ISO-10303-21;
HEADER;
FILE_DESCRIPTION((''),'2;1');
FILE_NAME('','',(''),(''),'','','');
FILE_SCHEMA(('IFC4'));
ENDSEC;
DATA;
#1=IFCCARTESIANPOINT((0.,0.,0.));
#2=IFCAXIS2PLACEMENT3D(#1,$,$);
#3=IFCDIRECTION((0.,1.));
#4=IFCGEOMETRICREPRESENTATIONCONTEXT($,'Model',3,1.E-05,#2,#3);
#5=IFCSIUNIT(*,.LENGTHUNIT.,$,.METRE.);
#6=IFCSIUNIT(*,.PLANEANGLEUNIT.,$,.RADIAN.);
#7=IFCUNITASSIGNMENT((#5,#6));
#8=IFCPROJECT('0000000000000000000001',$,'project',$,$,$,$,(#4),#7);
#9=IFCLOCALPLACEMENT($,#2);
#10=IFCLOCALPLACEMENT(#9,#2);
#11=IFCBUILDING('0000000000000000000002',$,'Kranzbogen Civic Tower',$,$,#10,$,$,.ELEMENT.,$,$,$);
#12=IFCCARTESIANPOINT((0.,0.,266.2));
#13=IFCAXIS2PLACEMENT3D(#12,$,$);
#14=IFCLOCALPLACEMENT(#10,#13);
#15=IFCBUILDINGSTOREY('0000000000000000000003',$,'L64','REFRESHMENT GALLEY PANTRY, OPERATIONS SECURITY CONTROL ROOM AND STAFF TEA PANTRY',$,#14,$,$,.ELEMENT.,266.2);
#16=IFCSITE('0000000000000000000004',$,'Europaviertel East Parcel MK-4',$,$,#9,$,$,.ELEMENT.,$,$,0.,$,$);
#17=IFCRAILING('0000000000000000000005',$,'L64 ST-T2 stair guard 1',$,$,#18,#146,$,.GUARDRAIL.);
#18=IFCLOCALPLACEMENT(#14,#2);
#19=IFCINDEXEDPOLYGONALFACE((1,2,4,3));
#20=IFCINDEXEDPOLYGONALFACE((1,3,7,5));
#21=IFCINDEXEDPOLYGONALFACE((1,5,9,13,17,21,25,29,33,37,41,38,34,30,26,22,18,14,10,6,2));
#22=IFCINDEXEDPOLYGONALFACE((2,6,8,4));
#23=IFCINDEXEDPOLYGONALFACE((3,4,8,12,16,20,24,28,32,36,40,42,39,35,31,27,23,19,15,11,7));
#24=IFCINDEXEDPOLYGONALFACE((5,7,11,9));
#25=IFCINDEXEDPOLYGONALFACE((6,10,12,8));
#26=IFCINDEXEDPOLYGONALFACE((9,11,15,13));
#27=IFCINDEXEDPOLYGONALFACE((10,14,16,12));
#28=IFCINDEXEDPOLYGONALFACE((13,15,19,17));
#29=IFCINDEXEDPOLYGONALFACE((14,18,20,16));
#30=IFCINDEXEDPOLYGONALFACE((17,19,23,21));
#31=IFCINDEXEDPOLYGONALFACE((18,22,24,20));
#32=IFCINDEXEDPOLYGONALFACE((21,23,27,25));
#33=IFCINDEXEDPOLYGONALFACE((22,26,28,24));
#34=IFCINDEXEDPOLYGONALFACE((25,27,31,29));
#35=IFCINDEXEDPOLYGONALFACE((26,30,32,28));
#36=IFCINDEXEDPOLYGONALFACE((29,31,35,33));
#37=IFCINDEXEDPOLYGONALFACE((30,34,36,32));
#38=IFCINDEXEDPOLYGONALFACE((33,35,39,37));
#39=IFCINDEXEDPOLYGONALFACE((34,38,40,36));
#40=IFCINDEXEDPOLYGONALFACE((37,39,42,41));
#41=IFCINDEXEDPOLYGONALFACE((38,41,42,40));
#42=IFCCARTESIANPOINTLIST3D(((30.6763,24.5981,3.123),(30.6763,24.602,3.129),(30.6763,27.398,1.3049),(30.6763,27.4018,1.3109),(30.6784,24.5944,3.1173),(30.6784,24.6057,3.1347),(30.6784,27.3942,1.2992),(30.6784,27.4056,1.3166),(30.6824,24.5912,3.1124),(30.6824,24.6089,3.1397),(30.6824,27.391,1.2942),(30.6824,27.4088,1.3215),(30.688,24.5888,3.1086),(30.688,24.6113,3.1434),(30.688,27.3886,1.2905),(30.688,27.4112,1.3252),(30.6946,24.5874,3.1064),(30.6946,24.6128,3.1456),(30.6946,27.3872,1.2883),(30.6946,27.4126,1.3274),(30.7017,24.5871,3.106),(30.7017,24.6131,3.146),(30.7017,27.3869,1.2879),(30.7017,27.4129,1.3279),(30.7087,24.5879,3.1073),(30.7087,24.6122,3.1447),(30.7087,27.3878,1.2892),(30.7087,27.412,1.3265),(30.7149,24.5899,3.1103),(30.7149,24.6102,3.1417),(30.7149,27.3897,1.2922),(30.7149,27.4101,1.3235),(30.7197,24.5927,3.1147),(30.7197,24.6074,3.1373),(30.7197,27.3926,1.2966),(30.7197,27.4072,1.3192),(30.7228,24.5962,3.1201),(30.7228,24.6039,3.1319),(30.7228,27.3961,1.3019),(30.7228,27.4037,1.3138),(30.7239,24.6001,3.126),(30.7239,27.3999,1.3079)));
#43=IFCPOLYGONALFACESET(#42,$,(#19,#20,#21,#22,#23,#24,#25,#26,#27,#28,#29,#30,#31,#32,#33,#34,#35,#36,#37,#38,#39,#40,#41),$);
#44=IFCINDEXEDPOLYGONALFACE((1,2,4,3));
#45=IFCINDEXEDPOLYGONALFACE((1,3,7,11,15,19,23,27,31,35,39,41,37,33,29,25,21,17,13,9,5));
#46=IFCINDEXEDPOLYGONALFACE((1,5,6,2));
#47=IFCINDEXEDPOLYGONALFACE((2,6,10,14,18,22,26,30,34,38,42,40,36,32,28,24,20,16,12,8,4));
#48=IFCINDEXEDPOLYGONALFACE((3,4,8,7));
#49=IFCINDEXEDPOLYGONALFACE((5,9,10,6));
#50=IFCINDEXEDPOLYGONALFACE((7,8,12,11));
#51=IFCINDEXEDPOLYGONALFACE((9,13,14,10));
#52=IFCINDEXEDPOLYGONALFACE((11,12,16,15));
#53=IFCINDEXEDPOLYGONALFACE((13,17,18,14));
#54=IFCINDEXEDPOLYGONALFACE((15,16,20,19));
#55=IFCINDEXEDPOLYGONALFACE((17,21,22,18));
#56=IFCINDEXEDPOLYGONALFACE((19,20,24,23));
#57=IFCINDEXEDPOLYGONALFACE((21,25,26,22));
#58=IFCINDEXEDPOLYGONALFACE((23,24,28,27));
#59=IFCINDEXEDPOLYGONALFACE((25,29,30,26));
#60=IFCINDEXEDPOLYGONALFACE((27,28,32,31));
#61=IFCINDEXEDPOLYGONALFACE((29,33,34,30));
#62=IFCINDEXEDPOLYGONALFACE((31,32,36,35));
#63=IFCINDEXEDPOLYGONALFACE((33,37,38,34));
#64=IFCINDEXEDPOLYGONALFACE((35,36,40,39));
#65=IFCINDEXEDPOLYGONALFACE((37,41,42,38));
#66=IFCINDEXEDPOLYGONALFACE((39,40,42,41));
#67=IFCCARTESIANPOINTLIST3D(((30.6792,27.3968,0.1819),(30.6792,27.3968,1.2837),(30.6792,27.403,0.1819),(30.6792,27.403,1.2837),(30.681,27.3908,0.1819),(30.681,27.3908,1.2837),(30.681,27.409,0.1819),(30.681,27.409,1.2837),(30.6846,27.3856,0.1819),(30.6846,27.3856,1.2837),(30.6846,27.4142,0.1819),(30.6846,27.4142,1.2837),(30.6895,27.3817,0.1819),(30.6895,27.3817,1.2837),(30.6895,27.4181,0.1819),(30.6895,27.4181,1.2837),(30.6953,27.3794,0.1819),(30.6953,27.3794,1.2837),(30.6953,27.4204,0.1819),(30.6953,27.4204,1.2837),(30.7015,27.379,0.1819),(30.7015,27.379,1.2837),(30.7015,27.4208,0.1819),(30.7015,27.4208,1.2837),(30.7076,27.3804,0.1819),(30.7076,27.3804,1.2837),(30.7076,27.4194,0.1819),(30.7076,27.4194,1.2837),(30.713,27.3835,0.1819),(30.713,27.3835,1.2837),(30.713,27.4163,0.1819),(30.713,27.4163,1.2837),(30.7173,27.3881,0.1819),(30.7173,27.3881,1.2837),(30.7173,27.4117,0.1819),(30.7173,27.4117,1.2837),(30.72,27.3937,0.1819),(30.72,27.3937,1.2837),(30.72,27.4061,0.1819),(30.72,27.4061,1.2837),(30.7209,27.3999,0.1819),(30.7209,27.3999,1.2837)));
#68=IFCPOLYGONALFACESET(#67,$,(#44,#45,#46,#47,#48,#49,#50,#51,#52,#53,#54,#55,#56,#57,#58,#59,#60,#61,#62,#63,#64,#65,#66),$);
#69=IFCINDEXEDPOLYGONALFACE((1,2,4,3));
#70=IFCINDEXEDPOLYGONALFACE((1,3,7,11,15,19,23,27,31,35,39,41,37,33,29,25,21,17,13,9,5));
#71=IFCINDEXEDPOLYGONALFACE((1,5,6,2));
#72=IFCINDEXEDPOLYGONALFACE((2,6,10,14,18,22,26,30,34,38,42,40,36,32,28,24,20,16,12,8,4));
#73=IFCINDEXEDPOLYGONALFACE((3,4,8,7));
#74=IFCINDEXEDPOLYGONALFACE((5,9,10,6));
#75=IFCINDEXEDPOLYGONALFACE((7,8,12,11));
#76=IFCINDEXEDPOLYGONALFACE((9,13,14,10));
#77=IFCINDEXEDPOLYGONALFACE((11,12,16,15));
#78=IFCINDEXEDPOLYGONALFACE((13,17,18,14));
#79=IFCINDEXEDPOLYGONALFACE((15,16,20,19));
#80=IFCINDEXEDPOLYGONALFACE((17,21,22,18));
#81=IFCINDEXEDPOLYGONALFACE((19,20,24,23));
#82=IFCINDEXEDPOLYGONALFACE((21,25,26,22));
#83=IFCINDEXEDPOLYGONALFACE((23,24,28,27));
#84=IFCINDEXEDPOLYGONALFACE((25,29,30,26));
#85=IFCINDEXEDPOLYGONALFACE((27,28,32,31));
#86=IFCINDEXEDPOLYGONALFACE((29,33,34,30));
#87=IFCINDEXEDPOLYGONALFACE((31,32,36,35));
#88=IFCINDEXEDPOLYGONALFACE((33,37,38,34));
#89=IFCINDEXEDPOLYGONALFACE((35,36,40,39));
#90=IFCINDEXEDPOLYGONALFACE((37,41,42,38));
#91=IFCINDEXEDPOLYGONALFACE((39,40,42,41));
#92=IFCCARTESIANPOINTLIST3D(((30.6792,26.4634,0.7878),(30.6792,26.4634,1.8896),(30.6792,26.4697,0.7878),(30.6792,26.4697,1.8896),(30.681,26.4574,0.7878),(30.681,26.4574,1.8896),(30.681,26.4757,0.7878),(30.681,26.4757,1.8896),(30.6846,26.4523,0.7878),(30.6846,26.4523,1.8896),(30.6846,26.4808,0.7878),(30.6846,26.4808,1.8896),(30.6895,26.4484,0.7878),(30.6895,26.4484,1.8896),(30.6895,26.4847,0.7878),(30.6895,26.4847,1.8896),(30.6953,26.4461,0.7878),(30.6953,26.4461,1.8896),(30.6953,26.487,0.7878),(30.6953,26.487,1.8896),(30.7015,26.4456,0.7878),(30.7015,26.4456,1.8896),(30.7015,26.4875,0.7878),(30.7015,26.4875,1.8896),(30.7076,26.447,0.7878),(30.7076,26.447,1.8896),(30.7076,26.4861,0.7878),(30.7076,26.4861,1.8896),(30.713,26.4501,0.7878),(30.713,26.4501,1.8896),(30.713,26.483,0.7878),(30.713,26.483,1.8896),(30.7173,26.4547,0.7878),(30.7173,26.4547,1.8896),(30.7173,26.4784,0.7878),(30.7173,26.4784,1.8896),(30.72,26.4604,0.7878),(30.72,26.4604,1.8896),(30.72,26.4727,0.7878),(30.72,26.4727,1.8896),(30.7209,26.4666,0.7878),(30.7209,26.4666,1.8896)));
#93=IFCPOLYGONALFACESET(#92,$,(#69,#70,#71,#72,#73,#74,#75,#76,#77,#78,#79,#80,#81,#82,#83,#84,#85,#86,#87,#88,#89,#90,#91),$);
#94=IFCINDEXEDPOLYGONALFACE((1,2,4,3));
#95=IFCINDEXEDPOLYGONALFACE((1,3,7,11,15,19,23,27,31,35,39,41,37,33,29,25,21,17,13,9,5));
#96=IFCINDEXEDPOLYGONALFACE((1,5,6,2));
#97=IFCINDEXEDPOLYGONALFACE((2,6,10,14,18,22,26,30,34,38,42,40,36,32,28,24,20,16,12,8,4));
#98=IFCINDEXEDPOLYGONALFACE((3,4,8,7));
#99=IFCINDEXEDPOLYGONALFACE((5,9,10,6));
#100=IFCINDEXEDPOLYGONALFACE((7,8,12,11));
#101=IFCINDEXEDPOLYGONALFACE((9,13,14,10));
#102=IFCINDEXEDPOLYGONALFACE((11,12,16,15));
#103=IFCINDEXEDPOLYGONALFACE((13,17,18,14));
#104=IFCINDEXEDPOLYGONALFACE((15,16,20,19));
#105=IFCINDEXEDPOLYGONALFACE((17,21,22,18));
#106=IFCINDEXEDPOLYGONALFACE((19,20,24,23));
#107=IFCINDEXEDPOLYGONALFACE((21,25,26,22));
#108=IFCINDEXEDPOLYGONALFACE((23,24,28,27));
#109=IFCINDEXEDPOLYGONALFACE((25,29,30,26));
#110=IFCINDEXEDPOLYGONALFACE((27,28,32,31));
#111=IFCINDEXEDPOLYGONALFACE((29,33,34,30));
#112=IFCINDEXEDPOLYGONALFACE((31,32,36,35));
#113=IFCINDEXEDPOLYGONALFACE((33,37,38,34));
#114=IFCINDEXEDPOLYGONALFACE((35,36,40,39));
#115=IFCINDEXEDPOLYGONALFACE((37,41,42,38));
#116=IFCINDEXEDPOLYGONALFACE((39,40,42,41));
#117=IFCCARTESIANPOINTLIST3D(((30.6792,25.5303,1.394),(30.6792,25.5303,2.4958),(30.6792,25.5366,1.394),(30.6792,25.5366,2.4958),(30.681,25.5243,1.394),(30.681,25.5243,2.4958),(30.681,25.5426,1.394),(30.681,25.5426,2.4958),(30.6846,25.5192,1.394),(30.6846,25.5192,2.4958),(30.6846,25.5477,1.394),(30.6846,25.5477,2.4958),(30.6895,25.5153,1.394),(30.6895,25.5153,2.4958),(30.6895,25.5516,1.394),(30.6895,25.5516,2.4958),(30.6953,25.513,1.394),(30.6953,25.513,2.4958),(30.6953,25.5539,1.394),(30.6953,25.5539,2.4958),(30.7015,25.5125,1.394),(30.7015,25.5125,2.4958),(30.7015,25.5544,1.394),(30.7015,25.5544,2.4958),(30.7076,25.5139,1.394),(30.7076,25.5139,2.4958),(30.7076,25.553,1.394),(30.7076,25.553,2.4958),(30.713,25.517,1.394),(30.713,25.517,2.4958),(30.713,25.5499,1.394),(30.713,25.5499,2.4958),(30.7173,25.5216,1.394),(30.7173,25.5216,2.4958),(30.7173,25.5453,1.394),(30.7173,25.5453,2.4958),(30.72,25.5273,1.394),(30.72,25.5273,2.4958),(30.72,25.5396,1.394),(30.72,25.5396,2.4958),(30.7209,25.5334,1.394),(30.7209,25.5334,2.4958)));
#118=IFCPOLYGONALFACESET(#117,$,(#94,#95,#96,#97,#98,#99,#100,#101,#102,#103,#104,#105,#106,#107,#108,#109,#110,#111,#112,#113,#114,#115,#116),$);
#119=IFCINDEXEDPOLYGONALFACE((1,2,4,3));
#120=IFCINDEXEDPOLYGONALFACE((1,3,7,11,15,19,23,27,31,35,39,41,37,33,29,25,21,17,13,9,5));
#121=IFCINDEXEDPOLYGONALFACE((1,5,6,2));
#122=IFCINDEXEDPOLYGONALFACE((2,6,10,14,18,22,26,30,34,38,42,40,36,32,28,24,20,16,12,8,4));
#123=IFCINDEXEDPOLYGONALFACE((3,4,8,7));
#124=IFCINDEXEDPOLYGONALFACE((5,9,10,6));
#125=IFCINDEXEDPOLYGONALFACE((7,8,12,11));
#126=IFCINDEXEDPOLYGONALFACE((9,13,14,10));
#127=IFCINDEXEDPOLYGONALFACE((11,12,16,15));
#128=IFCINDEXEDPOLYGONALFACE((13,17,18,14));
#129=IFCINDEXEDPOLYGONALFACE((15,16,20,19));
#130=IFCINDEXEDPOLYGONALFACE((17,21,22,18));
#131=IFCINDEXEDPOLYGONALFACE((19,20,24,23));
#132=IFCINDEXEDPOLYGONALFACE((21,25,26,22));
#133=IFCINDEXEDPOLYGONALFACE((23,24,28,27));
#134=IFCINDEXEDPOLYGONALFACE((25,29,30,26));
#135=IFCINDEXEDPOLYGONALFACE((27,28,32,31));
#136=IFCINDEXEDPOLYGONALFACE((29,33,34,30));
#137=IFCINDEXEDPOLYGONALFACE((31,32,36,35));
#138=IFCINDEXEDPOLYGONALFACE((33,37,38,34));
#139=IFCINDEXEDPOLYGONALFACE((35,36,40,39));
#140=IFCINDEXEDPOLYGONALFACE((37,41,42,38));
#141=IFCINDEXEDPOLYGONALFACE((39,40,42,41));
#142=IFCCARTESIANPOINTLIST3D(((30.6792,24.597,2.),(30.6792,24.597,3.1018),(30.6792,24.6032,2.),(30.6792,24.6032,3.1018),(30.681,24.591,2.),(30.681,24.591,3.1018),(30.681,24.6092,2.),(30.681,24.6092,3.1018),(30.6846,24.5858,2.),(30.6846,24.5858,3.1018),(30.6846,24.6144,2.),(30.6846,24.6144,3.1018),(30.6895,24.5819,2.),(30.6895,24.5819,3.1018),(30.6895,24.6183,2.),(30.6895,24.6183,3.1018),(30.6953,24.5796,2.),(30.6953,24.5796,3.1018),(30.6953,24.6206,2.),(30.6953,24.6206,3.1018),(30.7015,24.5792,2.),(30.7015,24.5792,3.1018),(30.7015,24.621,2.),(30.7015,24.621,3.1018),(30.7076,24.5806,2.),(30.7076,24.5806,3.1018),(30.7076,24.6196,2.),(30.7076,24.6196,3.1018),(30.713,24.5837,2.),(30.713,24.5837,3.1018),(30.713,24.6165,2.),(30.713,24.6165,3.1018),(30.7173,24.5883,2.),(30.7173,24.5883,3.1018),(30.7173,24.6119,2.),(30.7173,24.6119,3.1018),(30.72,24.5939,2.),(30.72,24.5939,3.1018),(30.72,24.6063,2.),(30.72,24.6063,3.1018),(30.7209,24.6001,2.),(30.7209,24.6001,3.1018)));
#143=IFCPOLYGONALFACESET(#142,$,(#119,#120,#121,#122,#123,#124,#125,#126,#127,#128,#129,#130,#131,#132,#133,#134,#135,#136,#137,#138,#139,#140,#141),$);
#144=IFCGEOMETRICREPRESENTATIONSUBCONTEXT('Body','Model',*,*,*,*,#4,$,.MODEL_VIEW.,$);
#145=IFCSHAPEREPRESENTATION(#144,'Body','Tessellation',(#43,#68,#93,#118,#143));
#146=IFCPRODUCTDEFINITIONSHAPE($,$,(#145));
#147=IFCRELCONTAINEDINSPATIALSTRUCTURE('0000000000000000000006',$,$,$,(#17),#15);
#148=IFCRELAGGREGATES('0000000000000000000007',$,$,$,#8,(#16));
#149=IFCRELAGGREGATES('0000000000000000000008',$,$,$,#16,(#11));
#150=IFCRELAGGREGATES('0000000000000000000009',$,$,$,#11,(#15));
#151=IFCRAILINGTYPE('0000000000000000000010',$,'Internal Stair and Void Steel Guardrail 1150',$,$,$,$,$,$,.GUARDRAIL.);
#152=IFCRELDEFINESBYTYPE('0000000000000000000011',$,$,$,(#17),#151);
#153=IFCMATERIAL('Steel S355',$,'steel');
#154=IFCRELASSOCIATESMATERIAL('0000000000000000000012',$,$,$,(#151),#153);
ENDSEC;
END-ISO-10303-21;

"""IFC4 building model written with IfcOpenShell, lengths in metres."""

from ifc_helpers import new_model, si_unit, direction, frame, origin, origin_2d, place, context, subcontext, project, spatial, circle, extrude, material, type_object, element, save


model = new_model("IFC4")

# Units and contexts
model_context = context("Model", 3, precision=1e-05, world=origin(), true_north=direction((0.0, 1.0)))
body_context = subcontext(model_context, "Body", "Model", "MODEL_VIEW")
ifc_project = project(units=[si_unit("LENGTHUNIT", "METRE"), si_unit("PLANEANGLEUNIT", "RADIAN")], contexts=[model_context])

# Site, building, storey
site_placement = place(None, origin())
site = spatial("IfcSite", under=ifc_project, at=site_placement, Name="Europaviertel East Parcel MK-4", CompositionType="ELEMENT", RefElevation=0.0)
building_placement = place(site_placement, origin())
building = spatial("IfcBuilding", under=site, at=building_placement, Name="Kranzbogen Civic Tower", CompositionType="ELEMENT")
storey_placement = place(building_placement, frame((0.0, 0.0, 266.2)))
storey = spatial("IfcBuildingStorey", under=building, at=storey_placement, Name="L64", Description="REFRESHMENT GALLEY PANTRY, OPERATIONS SECURITY CONTROL ROOM AND STAFF TEA PANTRY", CompositionType="ELEMENT", Elevation=266.2)

# Shared definitions
ifc_material_1 = material(Name="Steel S355", Category="steel")

# Railing
railing_type_1 = type_object("IfcRailingType", Name="Internal Stair and Void Steel Guardrail 1150", PredefinedType="GUARDRAIL", material=ifc_material_1)
railing_1_placement = place(storey_placement, frame((30.7, 27.3999, 0.1819)))
element("IfcRailing", 1, at=railing_1_placement, inside=storey, type_object=railing_type_1, Name="L64 ST-T2 stair guard 1", PredefinedType="GUARDRAIL", context=body_context, shape_type="SweptSolid", body=[
    extrude(circle(Radius=0.0239, at=origin_2d()), frame((0.0, 0.0, 1.126), z_axis=(0.0, -0.838684, 0.544618), x_axis=(1.0, 0.0, 0.0)), (0.0, 0.0, 1.0), 3.3384),
    extrude(circle(Radius=0.021, at=origin_2d()), origin(), (0.0, 0.0, 1.0), 1.1018),
    extrude(circle(Radius=0.021, at=origin_2d()), frame((0.0, -0.9333, 0.606)), (0.0, 0.0, 1.0), 1.1018),
    extrude(circle(Radius=0.021, at=origin_2d()), frame((0.0, -1.8665, 1.2122)), (0.0, 0.0, 1.0), 1.1018),
    extrude(circle(Radius=0.021, at=origin_2d()), frame((0.0, -2.7998, 1.8181)), (0.0, 0.0, 1.0), 1.1018),
])

save(model, "model.ifc")
